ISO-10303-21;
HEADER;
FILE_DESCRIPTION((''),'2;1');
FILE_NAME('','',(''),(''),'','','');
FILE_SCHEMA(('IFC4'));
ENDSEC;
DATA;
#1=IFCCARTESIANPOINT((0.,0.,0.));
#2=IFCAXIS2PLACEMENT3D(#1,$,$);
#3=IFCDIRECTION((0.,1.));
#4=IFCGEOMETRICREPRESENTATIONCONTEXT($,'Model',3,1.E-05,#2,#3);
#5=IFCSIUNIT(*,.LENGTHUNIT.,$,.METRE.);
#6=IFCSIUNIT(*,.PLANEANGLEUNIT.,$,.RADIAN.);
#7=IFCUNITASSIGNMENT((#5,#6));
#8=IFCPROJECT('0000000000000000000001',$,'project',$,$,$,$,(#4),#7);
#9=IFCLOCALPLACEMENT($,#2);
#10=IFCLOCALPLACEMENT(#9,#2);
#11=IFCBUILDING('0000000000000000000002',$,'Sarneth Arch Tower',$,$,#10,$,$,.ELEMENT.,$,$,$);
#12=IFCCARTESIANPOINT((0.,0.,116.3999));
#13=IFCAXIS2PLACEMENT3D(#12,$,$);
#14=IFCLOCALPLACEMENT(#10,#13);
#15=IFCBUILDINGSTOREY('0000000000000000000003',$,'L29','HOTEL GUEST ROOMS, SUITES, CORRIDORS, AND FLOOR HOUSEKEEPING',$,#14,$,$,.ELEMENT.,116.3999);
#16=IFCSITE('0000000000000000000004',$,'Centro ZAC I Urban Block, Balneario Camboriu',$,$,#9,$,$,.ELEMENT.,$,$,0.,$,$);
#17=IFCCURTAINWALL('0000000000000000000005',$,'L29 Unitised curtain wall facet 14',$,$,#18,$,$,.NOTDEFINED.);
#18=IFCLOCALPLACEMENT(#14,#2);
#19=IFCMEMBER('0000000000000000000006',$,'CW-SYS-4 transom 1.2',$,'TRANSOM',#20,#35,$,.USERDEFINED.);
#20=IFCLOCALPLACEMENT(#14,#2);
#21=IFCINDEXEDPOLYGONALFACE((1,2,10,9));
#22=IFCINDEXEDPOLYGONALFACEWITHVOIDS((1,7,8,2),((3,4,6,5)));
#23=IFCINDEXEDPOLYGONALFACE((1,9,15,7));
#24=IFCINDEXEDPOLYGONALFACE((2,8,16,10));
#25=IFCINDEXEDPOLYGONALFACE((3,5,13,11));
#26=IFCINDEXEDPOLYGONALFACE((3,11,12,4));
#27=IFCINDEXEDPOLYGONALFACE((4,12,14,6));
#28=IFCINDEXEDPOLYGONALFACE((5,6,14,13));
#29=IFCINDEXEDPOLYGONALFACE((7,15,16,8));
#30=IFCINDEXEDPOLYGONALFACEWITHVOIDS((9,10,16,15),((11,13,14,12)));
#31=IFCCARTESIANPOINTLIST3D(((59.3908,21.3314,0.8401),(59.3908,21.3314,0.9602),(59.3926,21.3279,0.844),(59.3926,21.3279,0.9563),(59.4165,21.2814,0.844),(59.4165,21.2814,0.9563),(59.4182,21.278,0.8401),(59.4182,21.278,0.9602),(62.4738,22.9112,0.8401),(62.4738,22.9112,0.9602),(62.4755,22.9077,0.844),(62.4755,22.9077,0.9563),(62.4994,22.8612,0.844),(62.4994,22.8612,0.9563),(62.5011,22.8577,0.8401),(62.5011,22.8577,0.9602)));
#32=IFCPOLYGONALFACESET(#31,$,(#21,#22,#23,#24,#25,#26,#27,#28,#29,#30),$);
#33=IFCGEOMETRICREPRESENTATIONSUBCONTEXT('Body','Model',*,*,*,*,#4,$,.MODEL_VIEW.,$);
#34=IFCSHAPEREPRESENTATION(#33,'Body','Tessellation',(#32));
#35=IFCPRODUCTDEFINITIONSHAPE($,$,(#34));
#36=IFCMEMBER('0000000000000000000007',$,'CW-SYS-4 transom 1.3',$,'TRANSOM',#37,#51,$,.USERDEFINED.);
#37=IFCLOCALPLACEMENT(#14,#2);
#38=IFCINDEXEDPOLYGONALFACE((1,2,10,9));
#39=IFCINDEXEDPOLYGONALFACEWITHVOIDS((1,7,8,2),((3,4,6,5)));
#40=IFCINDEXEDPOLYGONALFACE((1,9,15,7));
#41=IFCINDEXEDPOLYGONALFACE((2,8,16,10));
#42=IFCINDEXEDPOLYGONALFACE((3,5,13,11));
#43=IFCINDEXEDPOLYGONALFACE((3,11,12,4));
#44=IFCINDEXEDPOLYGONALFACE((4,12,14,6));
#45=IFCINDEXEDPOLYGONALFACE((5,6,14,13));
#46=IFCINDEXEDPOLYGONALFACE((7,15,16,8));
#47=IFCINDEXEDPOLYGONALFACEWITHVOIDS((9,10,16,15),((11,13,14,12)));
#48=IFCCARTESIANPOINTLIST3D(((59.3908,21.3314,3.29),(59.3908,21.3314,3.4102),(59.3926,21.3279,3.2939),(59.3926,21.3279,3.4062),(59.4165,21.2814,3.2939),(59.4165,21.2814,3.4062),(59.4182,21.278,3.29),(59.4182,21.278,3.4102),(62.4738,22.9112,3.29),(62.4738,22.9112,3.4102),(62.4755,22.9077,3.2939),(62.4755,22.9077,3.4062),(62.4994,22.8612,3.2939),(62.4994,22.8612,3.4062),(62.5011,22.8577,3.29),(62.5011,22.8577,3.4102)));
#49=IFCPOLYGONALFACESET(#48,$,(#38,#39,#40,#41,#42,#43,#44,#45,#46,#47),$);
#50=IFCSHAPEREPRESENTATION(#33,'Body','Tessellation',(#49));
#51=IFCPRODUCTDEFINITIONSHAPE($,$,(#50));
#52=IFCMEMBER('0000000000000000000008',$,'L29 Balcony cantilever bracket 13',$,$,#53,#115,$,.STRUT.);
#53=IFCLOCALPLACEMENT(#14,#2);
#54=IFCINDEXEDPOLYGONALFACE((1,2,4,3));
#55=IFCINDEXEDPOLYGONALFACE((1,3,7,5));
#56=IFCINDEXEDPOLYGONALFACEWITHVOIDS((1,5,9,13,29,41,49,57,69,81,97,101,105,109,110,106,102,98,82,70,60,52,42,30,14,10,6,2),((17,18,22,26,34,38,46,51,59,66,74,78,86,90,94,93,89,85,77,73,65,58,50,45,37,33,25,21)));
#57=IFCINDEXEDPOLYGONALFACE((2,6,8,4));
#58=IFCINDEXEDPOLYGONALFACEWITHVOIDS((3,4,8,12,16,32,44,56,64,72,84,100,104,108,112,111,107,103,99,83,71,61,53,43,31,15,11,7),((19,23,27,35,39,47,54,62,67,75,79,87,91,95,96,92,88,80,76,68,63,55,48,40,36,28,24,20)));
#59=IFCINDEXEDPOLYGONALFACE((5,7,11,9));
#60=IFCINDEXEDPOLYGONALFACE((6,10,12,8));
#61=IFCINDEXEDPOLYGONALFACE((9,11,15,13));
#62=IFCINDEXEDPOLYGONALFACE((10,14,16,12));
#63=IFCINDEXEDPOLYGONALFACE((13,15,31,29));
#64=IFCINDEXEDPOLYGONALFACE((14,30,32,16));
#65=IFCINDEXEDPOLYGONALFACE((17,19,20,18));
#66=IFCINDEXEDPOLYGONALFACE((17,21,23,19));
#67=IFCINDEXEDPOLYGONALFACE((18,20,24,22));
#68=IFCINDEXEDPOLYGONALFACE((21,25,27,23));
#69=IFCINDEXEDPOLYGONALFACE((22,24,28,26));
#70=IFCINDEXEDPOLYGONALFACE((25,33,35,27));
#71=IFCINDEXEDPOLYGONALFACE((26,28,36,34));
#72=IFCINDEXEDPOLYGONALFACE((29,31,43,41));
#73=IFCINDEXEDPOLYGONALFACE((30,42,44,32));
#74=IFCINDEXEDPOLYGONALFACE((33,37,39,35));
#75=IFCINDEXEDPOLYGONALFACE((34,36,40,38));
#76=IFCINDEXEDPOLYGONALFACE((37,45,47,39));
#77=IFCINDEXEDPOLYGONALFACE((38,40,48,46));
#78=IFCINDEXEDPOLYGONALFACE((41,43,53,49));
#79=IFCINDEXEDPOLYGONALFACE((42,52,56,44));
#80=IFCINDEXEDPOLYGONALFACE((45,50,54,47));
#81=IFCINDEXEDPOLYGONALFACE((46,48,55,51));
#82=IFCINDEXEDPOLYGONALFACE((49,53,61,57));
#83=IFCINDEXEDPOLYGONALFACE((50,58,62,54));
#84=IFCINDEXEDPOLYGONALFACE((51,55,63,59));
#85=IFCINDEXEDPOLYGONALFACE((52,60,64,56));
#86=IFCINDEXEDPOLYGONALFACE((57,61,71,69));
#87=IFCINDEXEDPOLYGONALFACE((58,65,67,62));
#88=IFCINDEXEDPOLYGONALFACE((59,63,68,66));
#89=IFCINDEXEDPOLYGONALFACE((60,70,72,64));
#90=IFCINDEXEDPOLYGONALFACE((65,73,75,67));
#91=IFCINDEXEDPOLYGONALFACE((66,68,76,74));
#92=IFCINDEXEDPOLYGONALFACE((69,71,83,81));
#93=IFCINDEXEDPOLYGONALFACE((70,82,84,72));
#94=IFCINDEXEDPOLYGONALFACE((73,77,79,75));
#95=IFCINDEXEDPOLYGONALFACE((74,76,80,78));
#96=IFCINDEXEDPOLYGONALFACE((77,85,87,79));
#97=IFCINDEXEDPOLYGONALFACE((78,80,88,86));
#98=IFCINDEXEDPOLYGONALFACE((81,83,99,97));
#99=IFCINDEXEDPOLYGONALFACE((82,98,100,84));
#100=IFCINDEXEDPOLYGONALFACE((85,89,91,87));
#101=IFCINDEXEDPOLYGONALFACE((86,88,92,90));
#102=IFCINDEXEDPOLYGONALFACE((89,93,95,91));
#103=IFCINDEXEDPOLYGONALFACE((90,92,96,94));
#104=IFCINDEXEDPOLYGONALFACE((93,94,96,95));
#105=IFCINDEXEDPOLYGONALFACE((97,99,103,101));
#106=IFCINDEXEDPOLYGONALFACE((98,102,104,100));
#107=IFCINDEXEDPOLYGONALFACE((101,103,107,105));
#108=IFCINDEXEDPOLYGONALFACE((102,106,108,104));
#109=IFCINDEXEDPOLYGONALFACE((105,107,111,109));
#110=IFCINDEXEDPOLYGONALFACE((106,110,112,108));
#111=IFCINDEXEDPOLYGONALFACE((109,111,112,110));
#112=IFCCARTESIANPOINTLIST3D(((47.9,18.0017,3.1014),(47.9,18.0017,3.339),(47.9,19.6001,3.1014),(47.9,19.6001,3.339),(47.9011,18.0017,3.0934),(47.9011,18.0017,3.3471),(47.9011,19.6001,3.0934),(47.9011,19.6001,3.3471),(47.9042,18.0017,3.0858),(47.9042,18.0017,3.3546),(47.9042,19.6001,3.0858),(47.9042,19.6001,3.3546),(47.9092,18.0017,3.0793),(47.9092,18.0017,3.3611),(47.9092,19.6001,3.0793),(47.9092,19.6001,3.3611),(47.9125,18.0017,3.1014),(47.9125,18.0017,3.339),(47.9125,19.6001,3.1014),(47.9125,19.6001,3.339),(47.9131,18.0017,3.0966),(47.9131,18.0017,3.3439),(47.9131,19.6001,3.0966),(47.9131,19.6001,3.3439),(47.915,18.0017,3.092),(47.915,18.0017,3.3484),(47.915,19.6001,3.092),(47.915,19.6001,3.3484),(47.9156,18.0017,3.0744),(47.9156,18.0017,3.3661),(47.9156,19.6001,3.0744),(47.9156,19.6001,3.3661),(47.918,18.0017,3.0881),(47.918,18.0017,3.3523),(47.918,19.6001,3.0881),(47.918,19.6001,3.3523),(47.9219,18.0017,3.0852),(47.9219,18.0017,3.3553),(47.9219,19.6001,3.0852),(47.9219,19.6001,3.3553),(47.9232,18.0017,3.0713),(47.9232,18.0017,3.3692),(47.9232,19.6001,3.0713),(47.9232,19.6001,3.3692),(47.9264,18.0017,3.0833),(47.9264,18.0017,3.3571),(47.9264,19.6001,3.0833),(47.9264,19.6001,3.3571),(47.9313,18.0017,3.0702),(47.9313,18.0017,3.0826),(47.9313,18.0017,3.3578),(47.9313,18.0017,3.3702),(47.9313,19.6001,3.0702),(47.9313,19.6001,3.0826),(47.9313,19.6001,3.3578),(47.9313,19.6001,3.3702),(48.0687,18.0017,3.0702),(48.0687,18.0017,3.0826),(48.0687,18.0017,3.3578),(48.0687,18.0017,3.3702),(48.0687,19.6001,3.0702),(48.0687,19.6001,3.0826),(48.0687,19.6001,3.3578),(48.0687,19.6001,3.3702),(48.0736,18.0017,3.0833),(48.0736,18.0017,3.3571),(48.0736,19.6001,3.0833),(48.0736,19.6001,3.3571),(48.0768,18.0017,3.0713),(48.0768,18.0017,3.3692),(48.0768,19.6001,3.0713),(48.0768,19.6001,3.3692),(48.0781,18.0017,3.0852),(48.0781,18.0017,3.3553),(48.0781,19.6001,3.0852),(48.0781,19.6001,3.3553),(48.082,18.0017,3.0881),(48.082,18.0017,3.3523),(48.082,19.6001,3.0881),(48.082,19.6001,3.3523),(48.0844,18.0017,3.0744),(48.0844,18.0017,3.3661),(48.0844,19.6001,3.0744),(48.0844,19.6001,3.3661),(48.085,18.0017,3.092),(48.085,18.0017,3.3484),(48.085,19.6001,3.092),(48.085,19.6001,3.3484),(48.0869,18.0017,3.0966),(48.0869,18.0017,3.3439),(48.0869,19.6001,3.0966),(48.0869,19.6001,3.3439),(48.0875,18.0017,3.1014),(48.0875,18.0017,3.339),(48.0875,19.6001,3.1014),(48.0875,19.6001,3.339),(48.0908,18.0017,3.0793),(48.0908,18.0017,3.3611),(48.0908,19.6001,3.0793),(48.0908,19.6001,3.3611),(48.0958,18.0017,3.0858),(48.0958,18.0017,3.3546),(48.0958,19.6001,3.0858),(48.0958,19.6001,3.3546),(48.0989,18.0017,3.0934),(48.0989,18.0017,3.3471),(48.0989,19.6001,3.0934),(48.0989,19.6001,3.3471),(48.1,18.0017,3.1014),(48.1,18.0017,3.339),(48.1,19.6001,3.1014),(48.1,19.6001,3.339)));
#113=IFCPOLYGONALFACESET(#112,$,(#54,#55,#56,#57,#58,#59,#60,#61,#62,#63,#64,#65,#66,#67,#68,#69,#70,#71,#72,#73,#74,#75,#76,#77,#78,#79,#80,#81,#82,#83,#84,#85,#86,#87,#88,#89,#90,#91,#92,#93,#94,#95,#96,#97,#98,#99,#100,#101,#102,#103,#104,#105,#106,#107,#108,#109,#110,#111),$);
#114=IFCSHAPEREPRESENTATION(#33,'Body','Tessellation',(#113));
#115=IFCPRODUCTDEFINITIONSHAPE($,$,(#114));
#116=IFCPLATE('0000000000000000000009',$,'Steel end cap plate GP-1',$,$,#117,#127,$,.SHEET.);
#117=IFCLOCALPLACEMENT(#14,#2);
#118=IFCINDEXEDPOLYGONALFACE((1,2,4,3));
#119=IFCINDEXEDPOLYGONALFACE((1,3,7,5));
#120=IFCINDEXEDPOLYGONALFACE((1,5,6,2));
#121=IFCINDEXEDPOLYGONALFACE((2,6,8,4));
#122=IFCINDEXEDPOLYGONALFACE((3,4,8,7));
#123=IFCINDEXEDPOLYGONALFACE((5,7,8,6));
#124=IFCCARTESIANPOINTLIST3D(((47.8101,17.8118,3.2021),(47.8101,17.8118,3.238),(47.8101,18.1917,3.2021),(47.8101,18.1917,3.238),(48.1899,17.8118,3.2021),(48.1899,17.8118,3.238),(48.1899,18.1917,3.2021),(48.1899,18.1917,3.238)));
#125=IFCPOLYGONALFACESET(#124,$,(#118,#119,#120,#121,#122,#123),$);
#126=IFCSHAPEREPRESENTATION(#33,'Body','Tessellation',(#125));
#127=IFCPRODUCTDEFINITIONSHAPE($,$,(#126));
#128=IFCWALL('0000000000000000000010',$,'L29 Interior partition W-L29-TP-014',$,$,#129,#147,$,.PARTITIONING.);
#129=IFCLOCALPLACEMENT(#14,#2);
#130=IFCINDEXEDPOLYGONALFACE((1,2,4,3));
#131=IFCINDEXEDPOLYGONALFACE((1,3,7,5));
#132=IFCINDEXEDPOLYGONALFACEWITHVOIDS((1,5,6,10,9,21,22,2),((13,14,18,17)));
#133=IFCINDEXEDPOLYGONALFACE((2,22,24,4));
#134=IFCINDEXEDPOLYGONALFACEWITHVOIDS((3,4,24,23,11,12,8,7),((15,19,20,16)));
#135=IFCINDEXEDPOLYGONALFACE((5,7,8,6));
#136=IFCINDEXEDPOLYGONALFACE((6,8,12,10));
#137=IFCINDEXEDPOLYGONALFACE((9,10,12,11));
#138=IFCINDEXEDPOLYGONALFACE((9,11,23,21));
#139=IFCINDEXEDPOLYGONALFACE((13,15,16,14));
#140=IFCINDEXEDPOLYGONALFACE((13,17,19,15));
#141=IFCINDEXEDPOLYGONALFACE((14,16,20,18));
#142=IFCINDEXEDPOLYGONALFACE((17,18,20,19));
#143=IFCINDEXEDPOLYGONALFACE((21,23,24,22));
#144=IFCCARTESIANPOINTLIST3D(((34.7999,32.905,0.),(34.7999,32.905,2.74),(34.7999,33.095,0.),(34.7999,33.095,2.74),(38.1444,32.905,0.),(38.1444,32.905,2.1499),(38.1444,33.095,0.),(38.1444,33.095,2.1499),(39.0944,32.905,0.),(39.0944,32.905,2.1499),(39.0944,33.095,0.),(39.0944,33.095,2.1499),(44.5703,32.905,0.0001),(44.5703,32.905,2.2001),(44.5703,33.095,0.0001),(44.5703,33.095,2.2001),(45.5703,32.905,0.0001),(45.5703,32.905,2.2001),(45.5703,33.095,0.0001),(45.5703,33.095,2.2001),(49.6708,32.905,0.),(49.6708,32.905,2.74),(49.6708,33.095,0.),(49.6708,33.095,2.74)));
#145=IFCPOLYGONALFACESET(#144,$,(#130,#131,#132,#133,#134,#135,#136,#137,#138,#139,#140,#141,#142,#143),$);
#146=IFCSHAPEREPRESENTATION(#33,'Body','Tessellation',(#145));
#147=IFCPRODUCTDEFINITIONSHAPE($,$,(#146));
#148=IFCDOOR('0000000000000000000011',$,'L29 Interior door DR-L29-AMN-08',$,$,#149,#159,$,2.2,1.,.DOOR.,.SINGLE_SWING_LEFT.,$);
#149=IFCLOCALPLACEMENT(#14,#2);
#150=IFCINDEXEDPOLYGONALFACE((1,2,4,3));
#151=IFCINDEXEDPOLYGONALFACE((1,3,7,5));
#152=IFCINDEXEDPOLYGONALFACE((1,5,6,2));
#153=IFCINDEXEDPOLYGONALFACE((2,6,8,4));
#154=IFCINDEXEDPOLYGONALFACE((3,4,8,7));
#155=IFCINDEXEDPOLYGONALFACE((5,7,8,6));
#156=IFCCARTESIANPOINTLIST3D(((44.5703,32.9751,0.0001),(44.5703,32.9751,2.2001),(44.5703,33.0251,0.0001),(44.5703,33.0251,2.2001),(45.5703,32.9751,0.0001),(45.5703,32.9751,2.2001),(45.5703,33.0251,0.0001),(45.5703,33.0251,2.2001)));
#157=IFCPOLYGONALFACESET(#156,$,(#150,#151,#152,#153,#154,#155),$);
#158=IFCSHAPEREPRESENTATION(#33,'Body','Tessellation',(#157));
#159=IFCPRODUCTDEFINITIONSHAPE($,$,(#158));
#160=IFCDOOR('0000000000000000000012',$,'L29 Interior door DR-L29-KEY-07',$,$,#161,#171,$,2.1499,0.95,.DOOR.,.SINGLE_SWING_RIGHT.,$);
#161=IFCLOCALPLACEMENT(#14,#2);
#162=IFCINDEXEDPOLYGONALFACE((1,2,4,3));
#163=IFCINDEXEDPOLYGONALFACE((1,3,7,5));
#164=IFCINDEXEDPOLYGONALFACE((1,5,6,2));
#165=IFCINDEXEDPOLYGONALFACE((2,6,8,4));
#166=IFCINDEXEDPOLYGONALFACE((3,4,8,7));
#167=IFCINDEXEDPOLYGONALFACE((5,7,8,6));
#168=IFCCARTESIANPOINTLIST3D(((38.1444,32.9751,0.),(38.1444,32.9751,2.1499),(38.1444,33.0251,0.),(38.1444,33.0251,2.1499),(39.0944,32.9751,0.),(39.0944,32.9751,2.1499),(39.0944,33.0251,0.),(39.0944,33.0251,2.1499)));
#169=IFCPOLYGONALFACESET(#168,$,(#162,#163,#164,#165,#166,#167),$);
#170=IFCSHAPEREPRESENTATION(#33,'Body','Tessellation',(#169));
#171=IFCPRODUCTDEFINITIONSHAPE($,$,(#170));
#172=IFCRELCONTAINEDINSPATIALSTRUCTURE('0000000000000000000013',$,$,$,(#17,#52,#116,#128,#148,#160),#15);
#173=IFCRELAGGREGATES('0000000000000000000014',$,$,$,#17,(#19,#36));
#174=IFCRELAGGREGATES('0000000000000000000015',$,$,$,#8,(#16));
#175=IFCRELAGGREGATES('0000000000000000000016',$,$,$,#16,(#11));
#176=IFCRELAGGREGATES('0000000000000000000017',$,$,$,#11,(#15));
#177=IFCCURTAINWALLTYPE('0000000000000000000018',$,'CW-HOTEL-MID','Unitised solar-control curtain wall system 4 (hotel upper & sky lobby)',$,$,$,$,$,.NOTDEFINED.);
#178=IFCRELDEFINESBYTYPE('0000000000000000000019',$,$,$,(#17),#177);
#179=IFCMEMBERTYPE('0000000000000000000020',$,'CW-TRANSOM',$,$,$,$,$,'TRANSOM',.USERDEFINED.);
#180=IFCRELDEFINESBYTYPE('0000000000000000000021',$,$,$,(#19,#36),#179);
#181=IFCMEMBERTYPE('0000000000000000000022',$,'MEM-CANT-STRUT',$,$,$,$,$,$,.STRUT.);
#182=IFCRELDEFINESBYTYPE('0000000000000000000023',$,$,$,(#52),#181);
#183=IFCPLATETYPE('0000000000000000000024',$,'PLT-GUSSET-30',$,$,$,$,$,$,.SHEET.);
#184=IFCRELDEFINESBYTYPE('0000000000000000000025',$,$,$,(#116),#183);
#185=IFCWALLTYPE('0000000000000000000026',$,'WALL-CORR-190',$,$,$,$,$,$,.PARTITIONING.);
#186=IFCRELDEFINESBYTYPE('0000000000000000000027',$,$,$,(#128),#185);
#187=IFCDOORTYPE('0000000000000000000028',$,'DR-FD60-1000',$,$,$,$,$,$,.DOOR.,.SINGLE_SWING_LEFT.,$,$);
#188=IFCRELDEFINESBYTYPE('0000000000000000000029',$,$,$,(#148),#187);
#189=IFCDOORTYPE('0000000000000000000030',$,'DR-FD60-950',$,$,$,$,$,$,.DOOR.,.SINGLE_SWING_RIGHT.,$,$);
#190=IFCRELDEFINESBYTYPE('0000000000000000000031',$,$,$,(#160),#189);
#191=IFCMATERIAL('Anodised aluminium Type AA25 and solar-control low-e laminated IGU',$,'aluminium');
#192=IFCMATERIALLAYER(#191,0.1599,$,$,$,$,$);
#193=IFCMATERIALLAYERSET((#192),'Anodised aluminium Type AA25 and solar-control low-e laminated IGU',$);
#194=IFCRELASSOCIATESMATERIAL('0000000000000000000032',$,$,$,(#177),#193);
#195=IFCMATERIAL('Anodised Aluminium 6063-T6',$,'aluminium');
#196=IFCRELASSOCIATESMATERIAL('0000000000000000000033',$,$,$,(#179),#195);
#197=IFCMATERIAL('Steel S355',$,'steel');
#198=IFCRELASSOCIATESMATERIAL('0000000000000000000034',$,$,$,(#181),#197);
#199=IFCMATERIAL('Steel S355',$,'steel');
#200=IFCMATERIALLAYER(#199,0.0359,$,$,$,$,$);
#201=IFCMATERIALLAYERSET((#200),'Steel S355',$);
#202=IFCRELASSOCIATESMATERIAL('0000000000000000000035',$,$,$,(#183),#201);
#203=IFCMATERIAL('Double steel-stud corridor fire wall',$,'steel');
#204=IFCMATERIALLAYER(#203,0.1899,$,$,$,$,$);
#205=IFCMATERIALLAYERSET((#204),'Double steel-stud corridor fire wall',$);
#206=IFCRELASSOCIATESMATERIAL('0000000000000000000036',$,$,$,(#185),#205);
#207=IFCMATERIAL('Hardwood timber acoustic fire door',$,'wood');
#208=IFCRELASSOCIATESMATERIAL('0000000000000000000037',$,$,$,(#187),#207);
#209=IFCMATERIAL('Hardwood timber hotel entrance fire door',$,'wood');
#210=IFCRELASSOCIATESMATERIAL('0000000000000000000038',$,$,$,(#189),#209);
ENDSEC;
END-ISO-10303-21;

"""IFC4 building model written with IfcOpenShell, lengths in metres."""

from ifc_helpers import new_model, si_unit, direction, frame, frame_2d, origin, origin_2d, place, context, subcontext, project, spatial, rectangle, hollow_rectangle, extrude, material, layer, layer_set, material_profile, profile_set, type_object, element, fill, aggregate, save


model = new_model("IFC4")

# Units and contexts
model_context = context("Model", 3, precision=1e-05, world=origin(), true_north=direction((0.0, 1.0)))
body_context = subcontext(model_context, "Body", "Model", "MODEL_VIEW")
ifc_project = project(units=[si_unit("LENGTHUNIT", "METRE"), si_unit("PLANEANGLEUNIT", "RADIAN")], contexts=[model_context])

# Site, building, storey
site_placement = place(None, origin())
site = spatial("IfcSite", under=ifc_project, at=site_placement, Name="Centro ZAC I Urban Block, Balneario Camboriu", CompositionType="ELEMENT", RefElevation=0.0)
building_placement = place(site_placement, origin())
building = spatial("IfcBuilding", under=site, at=building_placement, Name="Sarneth Arch Tower", CompositionType="ELEMENT")
storey_placement = place(building_placement, frame((0.0, 0.0, 116.3999)))
storey = spatial("IfcBuildingStorey", under=building, at=storey_placement, Name="L29", Description="HOTEL GUEST ROOMS, SUITES, CORRIDORS, AND FLOOR HOUSEKEEPING", CompositionType="ELEMENT", Elevation=116.3999)

# Curtain wall, members
ifc_material_1 = material(Name="Anodised aluminium Type AA25 and solar-control low-e laminated IGU", Category="aluminium")
ifc_layer_1 = layer(ifc_material_1, 0.1599)
ifc_layer_set_1 = layer_set([ifc_layer_1], Name="Anodised aluminium Type AA25 and solar-control low-e laminated IGU")
curtain_wall_type = type_object("IfcCurtainWallType", Name="CW-HOTEL-MID", Description="Unitised solar-control curtain wall system 4 (hotel upper & sky lobby)", PredefinedType="NOTDEFINED", material=ifc_layer_set_1)
curtain_wall_placement = place(storey_placement, origin())
curtain_wall = element("IfcCurtainWall", 1, at=curtain_wall_placement, inside=storey, type_object=curtain_wall_type, Name="L29 Unitised curtain wall facet 14", PredefinedType="NOTDEFINED")
ifc_material_2 = material(Name="Anodised Aluminium 6063-T6", Category="aluminium")
ifc_material_profile_1 = material_profile(ifc_material_2, hollow_rectangle(XDim=0.0601, YDim=0.1201, WallThickness=0.0039, at=origin_2d()), Name="AL-TRAN-120x60x4")
ifc_profile_set_1 = profile_set([ifc_material_profile_1], Name="Anodised Aluminium 6063-T6")
member_type_1 = type_object("IfcMemberType", Name="CW-TRANSOM", ElementType="TRANSOM", PredefinedType="USERDEFINED", material=ifc_profile_set_1)
member_1_placement = place(storey_placement, frame((59.4045, 21.3047, 0.9001), z_axis=(0.889958, 0.456043, 0.0), x_axis=(-0.456043, 0.889958, 0.0)))
member_1 = element("IfcMember", 2, at=member_1_placement, type_object=member_type_1, Name="CW-SYS-4 transom 1.2", ObjectType="TRANSOM", PredefinedType="USERDEFINED", context=body_context, shape_type="SweptSolid", body=[
    extrude(hollow_rectangle(XDim=0.0601, YDim=0.1201, WallThickness=0.0039, at=origin_2d()), origin(), (0.0, 0.0, 1.0), 3.4641),
])
member_2_placement = place(storey_placement, frame((59.4045, 21.3047, 3.3501), z_axis=(0.889958, 0.456043, 0.0), x_axis=(-0.456043, 0.889958, 0.0)))
member_2 = element("IfcMember", 3, at=member_2_placement, type_object=member_type_1, Name="CW-SYS-4 transom 1.3", ObjectType="TRANSOM", PredefinedType="USERDEFINED", context=body_context, shape_type="SweptSolid", body=[
    extrude(hollow_rectangle(XDim=0.0601, YDim=0.1201, WallThickness=0.0039, at=origin_2d()), origin(), (0.0, 0.0, 1.0), 3.4641),
])
aggregate(curtain_wall, [member_1, member_2])

# Member
ifc_material_3 = material(Name="Steel S355", Category="steel")
ifc_material_profile_2 = material_profile(ifc_material_3, hollow_rectangle(XDim=0.2, YDim=0.3, WallThickness=0.0125, InnerFilletRadius=0.0188, OuterFilletRadius=0.0312, at=origin_2d()), Name="RHS300x200x12.5")
ifc_profile_set_2 = profile_set([ifc_material_profile_2], Name="Steel S355")
member_type_2 = type_object("IfcMemberType", Name="MEM-CANT-STRUT", PredefinedType="STRUT", material=ifc_profile_set_2)
member_3_placement = place(storey_placement, frame((48.0, 19.6001, 3.2202), z_axis=(0.0, -1.0, 0.0), x_axis=(1.0, 0.0, 0.0)))
element("IfcMember", 4, at=member_3_placement, inside=storey, type_object=member_type_2, Name="L29 Balcony cantilever bracket 13", PredefinedType="STRUT", context=body_context, shape_type="SweptSolid", body=[
    extrude(hollow_rectangle(XDim=0.2, YDim=0.3, WallThickness=0.0125, InnerFilletRadius=0.0188, OuterFilletRadius=0.0312, at=origin_2d()), origin(), (0.0, 0.0, 1.0), 1.5984),
])

# Plate
ifc_material_4 = material(Name="Steel S355", Category="steel")
ifc_layer_2 = layer(ifc_material_4, 0.0359)
ifc_layer_set_2 = layer_set([ifc_layer_2], Name="Steel S355")
plate_type = type_object("IfcPlateType", Name="PLT-GUSSET-30", PredefinedType="SHEET", material=ifc_layer_set_2)
plate_placement = place(storey_placement, frame((48.0, 18.0017, 3.2021), z_axis=(0.0, 0.0, 1.0), x_axis=(0.0, -1.0, 0.0)))
element("IfcPlate", 5, at=plate_placement, inside=storey, type_object=plate_type, Name="Steel end cap plate GP-1", PredefinedType="SHEET", context=body_context, shape_type="SweptSolid", body=[
    extrude(rectangle(XDim=0.3799, YDim=0.3799, at=origin_2d()), origin(), (0.0, 0.0, 1.0), 0.0359),
])

# Wall, openings, doors
ifc_material_5 = material(Name="Double steel-stud corridor fire wall", Category="steel")
ifc_layer_3 = layer(ifc_material_5, 0.1899)
ifc_layer_set_3 = layer_set([ifc_layer_3], Name="Double steel-stud corridor fire wall")
wall_type_1 = type_object("IfcWallType", Name="WALL-CORR-190", PredefinedType="PARTITIONING", material=ifc_layer_set_3)
wall_1_placement = place(storey_placement, frame((49.6709, 33.0, 0.0), z_axis=(0.0, 0.0, 1.0), x_axis=(-1.0, 0.0, 0.0)))
wall_1 = element("IfcWall", 6, at=wall_1_placement, inside=storey, type_object=wall_type_1, Name="L29 Interior partition W-L29-TP-014", PredefinedType="PARTITIONING", context=body_context, shape_type="SweptSolid", body=[
    extrude(rectangle(XDim=14.8708, YDim=0.1899, at=frame_2d((7.4355, 0.0))), origin(), (0.0, 0.0, 1.0), 2.74),
])
opening_1_placement = place(wall_1_placement, frame((10.5764, 0.0, 0.0)))
opening_1 = element("IfcOpeningElement", 7, at=opening_1_placement, cuts=wall_1, PredefinedType="OPENING", context=body_context, shape_type="SweptSolid", body=[
    extrude(rectangle(XDim=0.95, YDim=2.1499, at=frame_2d((0.4751, 1.075))), frame((0.0, 0.105, 0.0), z_axis=(0.0, -1.0, 0.0), x_axis=(1.0, 0.0, 0.0)), (0.0, 0.0, 1.0), 0.21),
])
opening_2_placement = place(wall_1_placement, frame((4.1006, 0.0, 0.0)))
opening_2 = element("IfcOpeningElement", 8, at=opening_2_placement, cuts=wall_1, PredefinedType="OPENING", context=body_context, shape_type="SweptSolid", body=[
    extrude(rectangle(XDim=1.0, YDim=2.2, at=frame_2d((0.5, 1.1001))), frame((0.0, 0.105, 0.0), z_axis=(0.0, -1.0, 0.0), x_axis=(1.0, 0.0, 0.0)), (0.0, 0.0, 1.0), 0.21),
])
ifc_material_6 = material(Name="Hardwood timber acoustic fire door", Category="wood")
door_type_1 = type_object("IfcDoorType", Name="DR-FD60-1000", OperationType="SINGLE_SWING_LEFT", PredefinedType="DOOR", material=ifc_material_6)
door_1_placement = place(opening_2_placement, origin())
door_1 = element("IfcDoor", 9, at=door_1_placement, inside=storey, type_object=door_type_1, Name="L29 Interior door DR-L29-AMN-08", OperationType="SINGLE_SWING_LEFT", OverallHeight=2.2, OverallWidth=1.0, PredefinedType="DOOR", context=body_context, shape_type="SweptSolid", body=[
    extrude(rectangle(XDim=1.0, YDim=2.2, at=frame_2d((0.5, 1.1001))), frame((0.0, 0.0249, 0.0), z_axis=(0.0, -1.0, 0.0), x_axis=(1.0, 0.0, 0.0)), (0.0, 0.0, 1.0), 0.05),
])
fill(opening_2, door_1)
ifc_material_7 = material(Name="Hardwood timber hotel entrance fire door", Category="wood")
door_type_2 = type_object("IfcDoorType", Name="DR-FD60-950", OperationType="SINGLE_SWING_RIGHT", PredefinedType="DOOR", material=ifc_material_7)
door_2_placement = place(opening_1_placement, origin())
door_2 = element("IfcDoor", 10, at=door_2_placement, inside=storey, type_object=door_type_2, Name="L29 Interior door DR-L29-KEY-07", OperationType="SINGLE_SWING_RIGHT", OverallHeight=2.1499, OverallWidth=0.95, PredefinedType="DOOR", context=body_context, shape_type="SweptSolid", body=[
    extrude(rectangle(XDim=0.95, YDim=2.1499, at=frame_2d((0.4751, 1.075))), frame((0.0, 0.0249, 0.0), z_axis=(0.0, -1.0, 0.0), x_axis=(1.0, 0.0, 0.0)), (0.0, 0.0, 1.0), 0.05),
])
fill(opening_1, door_2)

save(model, "model.ifc")
